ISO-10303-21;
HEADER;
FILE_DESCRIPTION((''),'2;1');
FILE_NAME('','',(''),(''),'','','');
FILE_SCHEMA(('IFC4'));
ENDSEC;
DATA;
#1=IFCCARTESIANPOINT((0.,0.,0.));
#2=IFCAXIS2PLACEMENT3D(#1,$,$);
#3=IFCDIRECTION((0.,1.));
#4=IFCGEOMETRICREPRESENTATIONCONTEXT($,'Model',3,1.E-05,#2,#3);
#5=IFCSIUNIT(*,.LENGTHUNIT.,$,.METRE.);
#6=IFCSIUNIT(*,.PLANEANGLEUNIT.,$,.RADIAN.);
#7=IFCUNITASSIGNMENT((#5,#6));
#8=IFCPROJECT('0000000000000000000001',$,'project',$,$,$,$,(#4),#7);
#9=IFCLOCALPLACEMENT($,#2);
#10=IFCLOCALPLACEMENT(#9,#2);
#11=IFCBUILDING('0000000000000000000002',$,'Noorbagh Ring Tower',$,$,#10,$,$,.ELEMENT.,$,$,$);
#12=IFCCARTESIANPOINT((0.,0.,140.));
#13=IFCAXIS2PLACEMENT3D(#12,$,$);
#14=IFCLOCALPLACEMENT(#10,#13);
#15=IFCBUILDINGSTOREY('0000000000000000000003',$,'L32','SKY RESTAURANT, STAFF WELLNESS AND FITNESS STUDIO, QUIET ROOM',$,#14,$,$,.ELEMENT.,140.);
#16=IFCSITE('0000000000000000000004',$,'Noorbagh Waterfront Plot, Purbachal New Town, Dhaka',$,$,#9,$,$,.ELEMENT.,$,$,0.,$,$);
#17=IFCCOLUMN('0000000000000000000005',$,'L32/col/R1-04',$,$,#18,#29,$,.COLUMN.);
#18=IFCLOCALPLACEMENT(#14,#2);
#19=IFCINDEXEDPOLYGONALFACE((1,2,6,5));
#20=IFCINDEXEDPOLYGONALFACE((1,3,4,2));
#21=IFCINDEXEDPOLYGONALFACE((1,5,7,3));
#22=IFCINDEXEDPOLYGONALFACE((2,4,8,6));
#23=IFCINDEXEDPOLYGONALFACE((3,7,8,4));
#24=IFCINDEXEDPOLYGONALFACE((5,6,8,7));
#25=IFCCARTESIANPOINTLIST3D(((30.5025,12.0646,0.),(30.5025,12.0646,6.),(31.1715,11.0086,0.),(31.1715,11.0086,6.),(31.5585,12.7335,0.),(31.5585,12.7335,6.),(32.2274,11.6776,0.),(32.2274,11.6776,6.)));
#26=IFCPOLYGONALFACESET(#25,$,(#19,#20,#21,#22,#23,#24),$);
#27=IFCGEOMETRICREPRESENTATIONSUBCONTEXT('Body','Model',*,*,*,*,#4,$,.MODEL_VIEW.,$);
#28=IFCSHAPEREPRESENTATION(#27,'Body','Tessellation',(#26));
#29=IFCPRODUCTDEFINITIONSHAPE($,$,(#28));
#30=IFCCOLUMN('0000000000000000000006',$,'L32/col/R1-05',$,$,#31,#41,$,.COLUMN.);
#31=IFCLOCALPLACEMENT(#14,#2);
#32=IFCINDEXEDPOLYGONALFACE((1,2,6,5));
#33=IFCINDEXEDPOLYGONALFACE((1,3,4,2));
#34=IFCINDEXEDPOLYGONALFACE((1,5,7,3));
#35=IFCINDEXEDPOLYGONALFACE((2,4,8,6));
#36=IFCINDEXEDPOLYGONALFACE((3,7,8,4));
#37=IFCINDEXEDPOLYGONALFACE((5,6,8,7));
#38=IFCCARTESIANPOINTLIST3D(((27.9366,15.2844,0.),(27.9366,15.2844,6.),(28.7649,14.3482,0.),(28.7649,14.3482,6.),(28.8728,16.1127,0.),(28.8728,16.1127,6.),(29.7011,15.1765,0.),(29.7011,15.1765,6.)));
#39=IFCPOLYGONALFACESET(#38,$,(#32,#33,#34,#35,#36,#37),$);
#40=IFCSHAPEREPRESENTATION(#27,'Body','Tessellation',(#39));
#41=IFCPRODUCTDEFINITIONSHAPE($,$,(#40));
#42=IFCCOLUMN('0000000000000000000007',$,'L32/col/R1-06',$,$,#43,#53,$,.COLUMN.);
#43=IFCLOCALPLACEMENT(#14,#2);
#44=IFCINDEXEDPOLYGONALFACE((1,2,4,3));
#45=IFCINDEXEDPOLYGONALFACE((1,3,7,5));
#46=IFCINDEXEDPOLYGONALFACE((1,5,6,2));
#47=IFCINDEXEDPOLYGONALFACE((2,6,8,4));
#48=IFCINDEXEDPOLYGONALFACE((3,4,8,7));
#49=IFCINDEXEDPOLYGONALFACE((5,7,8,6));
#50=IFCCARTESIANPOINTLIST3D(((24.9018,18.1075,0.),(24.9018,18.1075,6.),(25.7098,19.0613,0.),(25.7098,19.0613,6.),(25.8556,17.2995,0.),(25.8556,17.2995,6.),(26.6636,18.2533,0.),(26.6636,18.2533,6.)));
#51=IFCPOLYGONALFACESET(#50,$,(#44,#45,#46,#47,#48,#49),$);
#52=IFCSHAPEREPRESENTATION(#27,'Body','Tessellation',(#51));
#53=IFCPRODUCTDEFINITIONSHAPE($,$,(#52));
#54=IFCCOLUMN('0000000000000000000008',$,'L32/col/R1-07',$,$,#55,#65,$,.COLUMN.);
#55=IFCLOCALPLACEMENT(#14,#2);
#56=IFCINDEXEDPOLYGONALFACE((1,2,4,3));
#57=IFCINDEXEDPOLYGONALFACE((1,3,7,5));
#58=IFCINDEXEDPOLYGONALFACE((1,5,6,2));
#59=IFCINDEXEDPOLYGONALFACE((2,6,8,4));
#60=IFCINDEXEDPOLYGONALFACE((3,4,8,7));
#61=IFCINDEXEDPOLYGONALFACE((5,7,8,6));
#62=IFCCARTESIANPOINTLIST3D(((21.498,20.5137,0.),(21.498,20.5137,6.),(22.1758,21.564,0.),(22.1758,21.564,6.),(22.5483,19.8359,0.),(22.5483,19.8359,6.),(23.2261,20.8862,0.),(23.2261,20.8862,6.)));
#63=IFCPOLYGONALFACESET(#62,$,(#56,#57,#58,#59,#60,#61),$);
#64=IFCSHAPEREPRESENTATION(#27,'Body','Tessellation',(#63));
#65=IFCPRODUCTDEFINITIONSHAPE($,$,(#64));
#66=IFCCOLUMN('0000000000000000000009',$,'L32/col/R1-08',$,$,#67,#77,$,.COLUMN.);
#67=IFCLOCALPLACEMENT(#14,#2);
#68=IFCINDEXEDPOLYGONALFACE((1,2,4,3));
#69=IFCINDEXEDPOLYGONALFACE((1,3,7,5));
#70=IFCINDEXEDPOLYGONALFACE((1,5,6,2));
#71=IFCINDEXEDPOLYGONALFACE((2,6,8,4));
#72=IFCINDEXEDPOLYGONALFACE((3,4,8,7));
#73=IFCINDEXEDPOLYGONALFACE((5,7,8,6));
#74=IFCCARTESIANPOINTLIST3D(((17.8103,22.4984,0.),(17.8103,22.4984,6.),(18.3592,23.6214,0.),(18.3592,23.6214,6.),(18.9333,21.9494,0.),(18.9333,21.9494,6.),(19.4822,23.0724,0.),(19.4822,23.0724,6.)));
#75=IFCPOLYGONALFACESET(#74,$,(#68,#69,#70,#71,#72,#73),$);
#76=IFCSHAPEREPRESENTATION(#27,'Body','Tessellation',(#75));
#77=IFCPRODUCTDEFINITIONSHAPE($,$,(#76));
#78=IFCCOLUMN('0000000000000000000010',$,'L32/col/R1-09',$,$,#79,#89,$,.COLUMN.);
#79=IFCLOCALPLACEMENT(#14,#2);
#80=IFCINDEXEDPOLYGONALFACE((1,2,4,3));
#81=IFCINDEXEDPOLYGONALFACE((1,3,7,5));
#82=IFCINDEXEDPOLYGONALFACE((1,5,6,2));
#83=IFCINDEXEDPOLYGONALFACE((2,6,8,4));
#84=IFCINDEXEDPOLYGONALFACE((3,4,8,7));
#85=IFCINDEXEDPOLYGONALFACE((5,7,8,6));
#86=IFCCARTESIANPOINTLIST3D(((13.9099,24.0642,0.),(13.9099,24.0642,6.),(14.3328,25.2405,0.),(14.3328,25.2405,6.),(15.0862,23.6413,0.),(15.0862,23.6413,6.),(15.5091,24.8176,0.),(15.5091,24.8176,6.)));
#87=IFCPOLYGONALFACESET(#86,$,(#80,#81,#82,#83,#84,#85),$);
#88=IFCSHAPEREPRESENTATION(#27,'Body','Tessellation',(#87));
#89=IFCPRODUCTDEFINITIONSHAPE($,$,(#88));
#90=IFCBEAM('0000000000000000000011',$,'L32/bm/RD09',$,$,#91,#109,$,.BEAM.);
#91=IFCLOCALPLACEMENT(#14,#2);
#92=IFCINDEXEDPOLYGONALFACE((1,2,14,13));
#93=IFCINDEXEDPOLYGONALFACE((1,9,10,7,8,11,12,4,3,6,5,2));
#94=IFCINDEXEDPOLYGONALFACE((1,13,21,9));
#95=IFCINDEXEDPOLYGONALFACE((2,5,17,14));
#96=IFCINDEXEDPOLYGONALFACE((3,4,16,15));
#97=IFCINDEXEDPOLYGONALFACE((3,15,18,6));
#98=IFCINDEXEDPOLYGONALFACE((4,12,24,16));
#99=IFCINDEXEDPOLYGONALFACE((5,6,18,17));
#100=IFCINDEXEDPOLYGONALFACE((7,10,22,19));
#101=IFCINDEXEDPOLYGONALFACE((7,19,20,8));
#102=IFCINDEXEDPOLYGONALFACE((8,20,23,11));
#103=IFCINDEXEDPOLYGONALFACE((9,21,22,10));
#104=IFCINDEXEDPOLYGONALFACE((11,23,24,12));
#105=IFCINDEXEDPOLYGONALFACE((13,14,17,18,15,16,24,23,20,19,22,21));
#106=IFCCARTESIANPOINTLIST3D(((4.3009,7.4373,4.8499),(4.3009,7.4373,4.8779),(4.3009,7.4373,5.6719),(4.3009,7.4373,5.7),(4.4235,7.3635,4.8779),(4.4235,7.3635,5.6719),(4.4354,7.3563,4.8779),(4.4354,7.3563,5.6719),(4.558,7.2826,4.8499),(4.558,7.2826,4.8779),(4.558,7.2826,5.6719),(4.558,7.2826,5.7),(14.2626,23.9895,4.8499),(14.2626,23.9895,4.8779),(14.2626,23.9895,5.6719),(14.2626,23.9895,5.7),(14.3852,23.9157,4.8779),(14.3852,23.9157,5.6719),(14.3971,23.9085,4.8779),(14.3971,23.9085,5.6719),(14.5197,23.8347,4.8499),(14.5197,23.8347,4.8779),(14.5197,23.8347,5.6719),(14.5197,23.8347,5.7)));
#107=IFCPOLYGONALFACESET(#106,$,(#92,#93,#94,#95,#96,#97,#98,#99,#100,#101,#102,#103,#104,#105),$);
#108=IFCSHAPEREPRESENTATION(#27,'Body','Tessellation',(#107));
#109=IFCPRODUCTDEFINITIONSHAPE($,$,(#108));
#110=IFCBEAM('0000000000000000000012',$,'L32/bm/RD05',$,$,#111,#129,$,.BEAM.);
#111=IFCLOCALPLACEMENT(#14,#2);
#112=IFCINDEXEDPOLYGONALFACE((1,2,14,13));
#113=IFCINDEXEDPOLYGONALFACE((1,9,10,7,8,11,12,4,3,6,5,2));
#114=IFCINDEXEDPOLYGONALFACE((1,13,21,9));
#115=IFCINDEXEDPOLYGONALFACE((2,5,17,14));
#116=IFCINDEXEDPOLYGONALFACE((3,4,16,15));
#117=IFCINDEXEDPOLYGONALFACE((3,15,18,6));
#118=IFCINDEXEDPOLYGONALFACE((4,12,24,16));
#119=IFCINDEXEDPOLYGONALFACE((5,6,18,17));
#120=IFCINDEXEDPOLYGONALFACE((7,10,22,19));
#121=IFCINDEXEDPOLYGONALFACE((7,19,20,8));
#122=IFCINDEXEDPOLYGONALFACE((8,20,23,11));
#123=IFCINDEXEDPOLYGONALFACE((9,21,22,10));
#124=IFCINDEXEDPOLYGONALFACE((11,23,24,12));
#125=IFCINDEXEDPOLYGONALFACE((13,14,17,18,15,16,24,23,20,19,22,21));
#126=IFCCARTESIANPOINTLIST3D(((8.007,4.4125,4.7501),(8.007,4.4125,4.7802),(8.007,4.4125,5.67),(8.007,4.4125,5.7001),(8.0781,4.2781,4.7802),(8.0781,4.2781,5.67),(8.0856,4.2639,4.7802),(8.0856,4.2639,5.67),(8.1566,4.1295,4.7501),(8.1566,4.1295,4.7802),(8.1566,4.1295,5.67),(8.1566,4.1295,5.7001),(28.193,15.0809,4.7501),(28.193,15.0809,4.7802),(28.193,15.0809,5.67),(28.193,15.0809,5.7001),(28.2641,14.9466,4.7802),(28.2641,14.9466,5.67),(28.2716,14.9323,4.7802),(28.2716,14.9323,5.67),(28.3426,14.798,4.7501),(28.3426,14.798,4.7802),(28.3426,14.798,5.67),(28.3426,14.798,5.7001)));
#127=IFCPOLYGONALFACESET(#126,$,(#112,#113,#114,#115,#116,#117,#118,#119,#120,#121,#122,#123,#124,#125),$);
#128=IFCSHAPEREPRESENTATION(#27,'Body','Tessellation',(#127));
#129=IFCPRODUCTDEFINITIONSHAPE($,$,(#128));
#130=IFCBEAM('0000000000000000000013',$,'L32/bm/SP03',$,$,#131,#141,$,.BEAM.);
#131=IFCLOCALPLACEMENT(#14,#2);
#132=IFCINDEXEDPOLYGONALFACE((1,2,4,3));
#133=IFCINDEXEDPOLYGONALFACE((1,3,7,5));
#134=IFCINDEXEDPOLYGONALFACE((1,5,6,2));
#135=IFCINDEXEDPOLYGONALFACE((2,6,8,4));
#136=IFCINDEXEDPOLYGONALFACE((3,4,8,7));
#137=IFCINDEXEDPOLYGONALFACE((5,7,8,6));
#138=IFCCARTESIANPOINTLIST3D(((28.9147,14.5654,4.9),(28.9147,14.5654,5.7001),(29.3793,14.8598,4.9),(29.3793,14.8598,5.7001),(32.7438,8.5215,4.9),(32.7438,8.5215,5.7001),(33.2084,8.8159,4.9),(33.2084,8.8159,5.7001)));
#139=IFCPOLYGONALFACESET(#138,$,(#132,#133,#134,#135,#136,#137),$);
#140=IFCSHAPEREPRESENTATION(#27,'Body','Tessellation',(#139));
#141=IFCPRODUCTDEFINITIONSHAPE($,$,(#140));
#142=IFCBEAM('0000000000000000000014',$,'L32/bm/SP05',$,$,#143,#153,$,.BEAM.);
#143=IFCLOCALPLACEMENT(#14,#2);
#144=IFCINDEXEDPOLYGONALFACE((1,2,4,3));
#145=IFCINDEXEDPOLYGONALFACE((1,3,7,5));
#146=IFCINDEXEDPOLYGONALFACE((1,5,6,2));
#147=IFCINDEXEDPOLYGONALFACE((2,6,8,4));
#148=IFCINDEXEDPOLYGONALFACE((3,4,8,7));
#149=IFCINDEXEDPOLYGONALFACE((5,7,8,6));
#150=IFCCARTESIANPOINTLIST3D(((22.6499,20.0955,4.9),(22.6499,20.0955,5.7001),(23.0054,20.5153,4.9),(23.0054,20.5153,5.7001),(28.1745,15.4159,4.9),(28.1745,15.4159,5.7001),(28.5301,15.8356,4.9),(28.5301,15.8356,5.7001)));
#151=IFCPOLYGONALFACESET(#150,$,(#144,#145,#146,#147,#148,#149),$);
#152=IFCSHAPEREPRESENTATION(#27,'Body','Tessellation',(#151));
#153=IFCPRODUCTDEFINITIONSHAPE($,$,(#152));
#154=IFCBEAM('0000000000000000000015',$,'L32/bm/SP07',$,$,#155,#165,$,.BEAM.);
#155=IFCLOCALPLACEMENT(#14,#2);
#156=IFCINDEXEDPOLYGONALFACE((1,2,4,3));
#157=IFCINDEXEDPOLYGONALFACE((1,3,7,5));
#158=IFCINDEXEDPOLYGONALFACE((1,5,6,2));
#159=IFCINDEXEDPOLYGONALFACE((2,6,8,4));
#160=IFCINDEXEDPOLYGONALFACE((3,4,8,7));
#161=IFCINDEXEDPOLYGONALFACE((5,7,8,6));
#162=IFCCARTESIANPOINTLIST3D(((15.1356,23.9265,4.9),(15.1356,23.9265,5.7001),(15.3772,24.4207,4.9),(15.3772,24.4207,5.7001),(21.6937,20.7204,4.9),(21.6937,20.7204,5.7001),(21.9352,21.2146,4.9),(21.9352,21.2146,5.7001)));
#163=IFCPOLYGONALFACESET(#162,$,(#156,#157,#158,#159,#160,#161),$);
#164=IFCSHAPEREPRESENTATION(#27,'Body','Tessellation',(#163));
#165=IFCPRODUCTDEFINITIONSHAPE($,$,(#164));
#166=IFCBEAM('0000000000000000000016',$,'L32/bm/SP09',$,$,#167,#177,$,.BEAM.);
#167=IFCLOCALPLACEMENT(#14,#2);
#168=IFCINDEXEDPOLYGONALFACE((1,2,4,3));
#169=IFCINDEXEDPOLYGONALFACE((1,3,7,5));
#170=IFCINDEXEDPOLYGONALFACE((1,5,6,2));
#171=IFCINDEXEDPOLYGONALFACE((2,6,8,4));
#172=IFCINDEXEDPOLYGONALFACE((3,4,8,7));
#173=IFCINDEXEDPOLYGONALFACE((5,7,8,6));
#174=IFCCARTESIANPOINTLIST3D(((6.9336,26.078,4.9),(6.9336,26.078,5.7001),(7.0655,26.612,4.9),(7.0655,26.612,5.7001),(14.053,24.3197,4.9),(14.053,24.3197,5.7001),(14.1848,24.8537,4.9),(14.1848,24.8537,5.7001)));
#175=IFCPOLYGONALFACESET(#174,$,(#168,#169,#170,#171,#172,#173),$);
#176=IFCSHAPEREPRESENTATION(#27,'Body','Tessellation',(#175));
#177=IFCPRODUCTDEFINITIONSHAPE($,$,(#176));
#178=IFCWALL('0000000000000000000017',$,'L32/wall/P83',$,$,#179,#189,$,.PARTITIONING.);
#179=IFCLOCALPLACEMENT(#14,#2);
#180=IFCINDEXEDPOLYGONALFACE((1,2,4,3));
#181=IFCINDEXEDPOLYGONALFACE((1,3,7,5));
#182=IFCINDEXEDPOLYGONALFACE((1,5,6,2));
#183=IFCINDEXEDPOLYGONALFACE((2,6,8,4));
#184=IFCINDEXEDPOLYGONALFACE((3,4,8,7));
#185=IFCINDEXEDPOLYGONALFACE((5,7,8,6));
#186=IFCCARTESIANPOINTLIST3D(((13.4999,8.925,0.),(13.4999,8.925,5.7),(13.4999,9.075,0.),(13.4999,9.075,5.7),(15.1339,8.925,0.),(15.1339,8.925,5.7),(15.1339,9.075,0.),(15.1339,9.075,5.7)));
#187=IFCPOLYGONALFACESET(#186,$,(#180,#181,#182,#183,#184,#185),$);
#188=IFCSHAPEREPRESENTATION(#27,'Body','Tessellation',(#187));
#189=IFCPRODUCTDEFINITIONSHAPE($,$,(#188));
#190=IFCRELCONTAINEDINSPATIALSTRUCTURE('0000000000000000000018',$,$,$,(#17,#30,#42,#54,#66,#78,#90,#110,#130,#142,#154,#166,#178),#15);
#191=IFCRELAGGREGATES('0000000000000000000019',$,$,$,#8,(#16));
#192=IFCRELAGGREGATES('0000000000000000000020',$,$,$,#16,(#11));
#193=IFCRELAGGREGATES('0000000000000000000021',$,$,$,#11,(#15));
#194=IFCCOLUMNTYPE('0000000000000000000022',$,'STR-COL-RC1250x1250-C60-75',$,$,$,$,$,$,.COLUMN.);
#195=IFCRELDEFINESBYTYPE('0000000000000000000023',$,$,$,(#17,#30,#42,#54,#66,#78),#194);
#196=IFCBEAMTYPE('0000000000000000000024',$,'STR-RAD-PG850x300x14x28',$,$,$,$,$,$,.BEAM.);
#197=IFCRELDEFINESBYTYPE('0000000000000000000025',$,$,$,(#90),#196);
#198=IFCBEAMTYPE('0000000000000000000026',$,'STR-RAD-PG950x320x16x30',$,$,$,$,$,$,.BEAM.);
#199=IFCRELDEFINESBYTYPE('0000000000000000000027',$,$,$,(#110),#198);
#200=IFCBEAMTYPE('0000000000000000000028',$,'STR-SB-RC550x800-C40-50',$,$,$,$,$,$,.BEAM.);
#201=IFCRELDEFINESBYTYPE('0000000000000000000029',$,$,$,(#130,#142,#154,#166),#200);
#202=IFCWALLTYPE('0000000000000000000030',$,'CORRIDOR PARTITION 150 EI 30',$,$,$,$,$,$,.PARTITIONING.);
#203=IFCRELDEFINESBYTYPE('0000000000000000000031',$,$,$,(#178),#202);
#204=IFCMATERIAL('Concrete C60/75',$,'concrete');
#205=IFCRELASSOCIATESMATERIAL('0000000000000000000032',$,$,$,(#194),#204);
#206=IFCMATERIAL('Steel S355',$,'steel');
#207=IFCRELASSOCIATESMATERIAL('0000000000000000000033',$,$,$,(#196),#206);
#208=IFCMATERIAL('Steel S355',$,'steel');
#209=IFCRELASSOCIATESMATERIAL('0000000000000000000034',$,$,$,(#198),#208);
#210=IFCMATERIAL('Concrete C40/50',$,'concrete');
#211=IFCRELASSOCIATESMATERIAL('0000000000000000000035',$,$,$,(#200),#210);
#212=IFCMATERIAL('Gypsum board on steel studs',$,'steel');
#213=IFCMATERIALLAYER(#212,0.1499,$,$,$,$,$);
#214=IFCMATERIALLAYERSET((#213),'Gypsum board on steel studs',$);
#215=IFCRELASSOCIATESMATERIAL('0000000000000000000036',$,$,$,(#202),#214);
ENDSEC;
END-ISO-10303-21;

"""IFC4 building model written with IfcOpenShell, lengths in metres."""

from ifc_helpers import new_model, si_unit, direction, frame, frame_2d, origin, origin_2d, place, context, subcontext, project, spatial, rectangle, i_section, extrude, material, layer, layer_set, material_profile, profile_set, type_object, element, save


model = new_model("IFC4")

# Units and contexts
model_context = context("Model", 3, precision=1e-05, world=origin(), true_north=direction((0.0, 1.0)))
body_context = subcontext(model_context, "Body", "Model", "MODEL_VIEW")
ifc_project = project(units=[si_unit("LENGTHUNIT", "METRE"), si_unit("PLANEANGLEUNIT", "RADIAN")], contexts=[model_context])

# Site, building, storey
site_placement = place(None, origin())
site = spatial("IfcSite", under=ifc_project, at=site_placement, Name="Noorbagh Waterfront Plot, Purbachal New Town, Dhaka", CompositionType="ELEMENT", RefElevation=0.0)
building_placement = place(site_placement, origin())
building = spatial("IfcBuilding", under=site, at=building_placement, Name="Noorbagh Ring Tower", CompositionType="ELEMENT")
storey_placement = place(building_placement, frame((0.0, 0.0, 140.0)))
storey = spatial("IfcBuildingStorey", under=building, at=storey_placement, Name="L32", Description="SKY RESTAURANT, STAFF WELLNESS AND FITNESS STUDIO, QUIET ROOM", CompositionType="ELEMENT", Elevation=140.0)

# Columns
ifc_material_1 = material(Name="Concrete C60/75", Category="concrete")
ifc_material_profile_1 = material_profile(ifc_material_1, rectangle(XDim=1.25, YDim=1.25, at=origin_2d()), Name="RC1250x1250")
ifc_profile_set_1 = profile_set([ifc_material_profile_1], Name="Concrete C60/75")
column_type = type_object("IfcColumnType", Name="STR-COL-RC1250x1250-C60-75", PredefinedType="COLUMN", material=ifc_profile_set_1)
for number, where, z_axis, x_axis, name in (
    (1, (31.365, 11.8711, 0.0), (0.0, 0.0, 1.0), (-0.53519, 0.844731, 0.0), "L32/col/R1-04"),
    (2, (28.8188, 15.2305, 0.0), (0.0, 0.0, 1.0), (-0.662636, 0.748942, 0.0), "L32/col/R1-05"),
    (3, (25.7827, 18.1804, 0.0), (0.0, 0.0, 1.0), (-0.763035, 0.646357, 0.0), "L32/col/R1-06"),
    (4, (22.3621, 20.7, 0.0), (0.0, 0.0, 1.0), (-0.840248, 0.542203, 0.0), "L32/col/R1-07"),
    (5, (18.6462, 22.7854, 0.0), (0.0, 0.0, 1.0), (-0.898399, 0.43918, 0.0), "L32/col/R1-08"),
    (6, (14.7095, 24.4409, 0.0), (0.0, 0.0, 1.0), (-0.941025, 0.338338, 0.0), "L32/col/R1-09"),
):
    element("IfcColumn", number, at=place(storey_placement, frame(where, z_axis=z_axis, x_axis=x_axis)), inside=storey, type_object=column_type, Name=name, PredefinedType="COLUMN", context=body_context, shape_type="SweptSolid", body=[
        extrude(rectangle(XDim=1.25, YDim=1.25, at=origin_2d()), origin(), (0.0, 0.0, 1.0), 6.0),
    ])

# Beams
ifc_material_2 = material(Name="Steel S355", Category="steel")
ifc_material_profile_2 = material_profile(ifc_material_2, i_section(OverallWidth=0.3, OverallDepth=0.8501, WebThickness=0.0139, FlangeThickness=0.0281, at=origin_2d()), Name="PG850x300x14x28")
ifc_profile_set_2 = profile_set([ifc_material_profile_2], Name="Steel S355")
beam_type_1 = type_object("IfcBeamType", Name="STR-RAD-PG850x300x14x28", PredefinedType="BEAM", material=ifc_profile_set_2)
beam_1_placement = place(storey_placement, frame((14.3911, 23.9121, 5.2749), z_axis=(-0.515649, -0.8568, 0.0), x_axis=(0.8568, -0.515649, 0.0)))
element("IfcBeam", 7, at=beam_1_placement, inside=storey, type_object=beam_type_1, Name="L32/bm/RD09", PredefinedType="BEAM", context=body_context, shape_type="SweptSolid", body=[
    extrude(i_section(OverallWidth=0.3, OverallDepth=0.8501, WebThickness=0.0139, FlangeThickness=0.0281, at=origin_2d()), origin(), (0.0, 0.0, 1.0), 19.3186),
])
ifc_material_3 = material(Name="Steel S355", Category="steel")
ifc_material_profile_3 = material_profile(ifc_material_3, i_section(OverallWidth=0.3201, OverallDepth=0.95, WebThickness=0.0161, FlangeThickness=0.03, at=origin_2d()), Name="PG950x320x16x30")
ifc_profile_set_3 = profile_set([ifc_material_profile_3], Name="Steel S355")
beam_type_2 = type_object("IfcBeamType", Name="STR-RAD-PG950x320x16x30", PredefinedType="BEAM", material=ifc_profile_set_3)
beam_2_placement = place(storey_placement, frame((28.2678, 14.9395, 5.2251), z_axis=(-0.884119, -0.467263, 0.0), x_axis=(0.467263, -0.884119, 0.0)))
element("IfcBeam", 8, at=beam_2_placement, inside=storey, type_object=beam_type_2, Name="L32/bm/RD05", PredefinedType="BEAM", context=body_context, shape_type="SweptSolid", body=[
    extrude(i_section(OverallWidth=0.3201, OverallDepth=0.95, WebThickness=0.0161, FlangeThickness=0.03, at=origin_2d()), origin(), (0.0, 0.0, 1.0), 22.8318),
])
ifc_material_4 = material(Name="Concrete C40/50", Category="concrete")
ifc_material_profile_4 = material_profile(ifc_material_4, rectangle(XDim=0.55, YDim=0.8, at=origin_2d()), Name="RC550x800")
ifc_profile_set_4 = profile_set([ifc_material_profile_4], Name="Concrete C40/50")
beam_type_3 = type_object("IfcBeamType", Name="STR-SB-RC550x800-C40-50", PredefinedType="BEAM", material=ifc_profile_set_4)
beam_3_placement = place(storey_placement, frame((32.9761, 8.6687, 5.3), z_axis=(-0.535179, 0.844739, 0.0), x_axis=(-0.844739, -0.535179, 0.0)))
element("IfcBeam", 9, at=beam_3_placement, inside=storey, type_object=beam_type_3, Name="L32/bm/SP03", PredefinedType="BEAM", context=body_context, shape_type="SweptSolid", body=[
    extrude(rectangle(XDim=0.55, YDim=0.8, at=origin_2d()), origin(), (0.0, 0.0, 1.0), 7.1548),
])
beam_4_placement = place(storey_placement, frame((28.3523, 15.6257, 5.3), z_axis=(-0.763047, 0.646343, 0.0), x_axis=(-0.646343, -0.763047, 0.0)))
element("IfcBeam", 10, at=beam_4_placement, inside=storey, type_object=beam_type_3, Name="L32/bm/SP05", PredefinedType="BEAM", context=body_context, shape_type="SweptSolid", body=[
    extrude(rectangle(XDim=0.55, YDim=0.8, at=origin_2d()), origin(), (0.0, 0.0, 1.0), 7.2402),
])
beam_5_placement = place(storey_placement, frame((21.8145, 20.9675, 5.3), z_axis=(-0.898391, 0.439196, 0.0), x_axis=(-0.439196, -0.898391, 0.0)))
element("IfcBeam", 11, at=beam_5_placement, inside=storey, type_object=beam_type_3, Name="L32/bm/SP07", PredefinedType="BEAM", context=body_context, shape_type="SweptSolid", body=[
    extrude(rectangle(XDim=0.55, YDim=0.8, at=origin_2d()), origin(), (0.0, 0.0, 1.0), 7.2998),
])
beam_6_placement = place(storey_placement, frame((14.1189, 24.5867, 5.3), z_axis=(-0.97083, 0.239769, 0.0), x_axis=(-0.239769, -0.97083, 0.0)))
element("IfcBeam", 12, at=beam_6_placement, inside=storey, type_object=beam_type_3, Name="L32/bm/SP09", PredefinedType="BEAM", context=body_context, shape_type="SweptSolid", body=[
    extrude(rectangle(XDim=0.55, YDim=0.8, at=origin_2d()), origin(), (0.0, 0.0, 1.0), 7.3333),
])

# Wall
ifc_material_5 = material(Name="Gypsum board on steel studs", Category="steel")
ifc_layer_1 = layer(ifc_material_5, 0.1499)
ifc_layer_set_1 = layer_set([ifc_layer_1], Name="Gypsum board on steel studs")
wall_type_1 = type_object("IfcWallType", Name="CORRIDOR PARTITION 150 EI 30", PredefinedType="PARTITIONING", material=ifc_layer_set_1)
wall_1_placement = place(storey_placement, frame((13.5, 9.0, 0.0), z_axis=(0.0, 0.0, 1.0), x_axis=(1.0, 0.0, 0.0)))
element("IfcWall", 13, at=wall_1_placement, inside=storey, type_object=wall_type_1, Name="L32/wall/P83", PredefinedType="PARTITIONING", context=body_context, shape_type="SweptSolid", body=[
    extrude(rectangle(XDim=1.634, YDim=0.1499, at=frame_2d((0.8169, 0.0))), origin(), (0.0, 0.0, 1.0), 5.7),
])

save(model, "model.ifc")
